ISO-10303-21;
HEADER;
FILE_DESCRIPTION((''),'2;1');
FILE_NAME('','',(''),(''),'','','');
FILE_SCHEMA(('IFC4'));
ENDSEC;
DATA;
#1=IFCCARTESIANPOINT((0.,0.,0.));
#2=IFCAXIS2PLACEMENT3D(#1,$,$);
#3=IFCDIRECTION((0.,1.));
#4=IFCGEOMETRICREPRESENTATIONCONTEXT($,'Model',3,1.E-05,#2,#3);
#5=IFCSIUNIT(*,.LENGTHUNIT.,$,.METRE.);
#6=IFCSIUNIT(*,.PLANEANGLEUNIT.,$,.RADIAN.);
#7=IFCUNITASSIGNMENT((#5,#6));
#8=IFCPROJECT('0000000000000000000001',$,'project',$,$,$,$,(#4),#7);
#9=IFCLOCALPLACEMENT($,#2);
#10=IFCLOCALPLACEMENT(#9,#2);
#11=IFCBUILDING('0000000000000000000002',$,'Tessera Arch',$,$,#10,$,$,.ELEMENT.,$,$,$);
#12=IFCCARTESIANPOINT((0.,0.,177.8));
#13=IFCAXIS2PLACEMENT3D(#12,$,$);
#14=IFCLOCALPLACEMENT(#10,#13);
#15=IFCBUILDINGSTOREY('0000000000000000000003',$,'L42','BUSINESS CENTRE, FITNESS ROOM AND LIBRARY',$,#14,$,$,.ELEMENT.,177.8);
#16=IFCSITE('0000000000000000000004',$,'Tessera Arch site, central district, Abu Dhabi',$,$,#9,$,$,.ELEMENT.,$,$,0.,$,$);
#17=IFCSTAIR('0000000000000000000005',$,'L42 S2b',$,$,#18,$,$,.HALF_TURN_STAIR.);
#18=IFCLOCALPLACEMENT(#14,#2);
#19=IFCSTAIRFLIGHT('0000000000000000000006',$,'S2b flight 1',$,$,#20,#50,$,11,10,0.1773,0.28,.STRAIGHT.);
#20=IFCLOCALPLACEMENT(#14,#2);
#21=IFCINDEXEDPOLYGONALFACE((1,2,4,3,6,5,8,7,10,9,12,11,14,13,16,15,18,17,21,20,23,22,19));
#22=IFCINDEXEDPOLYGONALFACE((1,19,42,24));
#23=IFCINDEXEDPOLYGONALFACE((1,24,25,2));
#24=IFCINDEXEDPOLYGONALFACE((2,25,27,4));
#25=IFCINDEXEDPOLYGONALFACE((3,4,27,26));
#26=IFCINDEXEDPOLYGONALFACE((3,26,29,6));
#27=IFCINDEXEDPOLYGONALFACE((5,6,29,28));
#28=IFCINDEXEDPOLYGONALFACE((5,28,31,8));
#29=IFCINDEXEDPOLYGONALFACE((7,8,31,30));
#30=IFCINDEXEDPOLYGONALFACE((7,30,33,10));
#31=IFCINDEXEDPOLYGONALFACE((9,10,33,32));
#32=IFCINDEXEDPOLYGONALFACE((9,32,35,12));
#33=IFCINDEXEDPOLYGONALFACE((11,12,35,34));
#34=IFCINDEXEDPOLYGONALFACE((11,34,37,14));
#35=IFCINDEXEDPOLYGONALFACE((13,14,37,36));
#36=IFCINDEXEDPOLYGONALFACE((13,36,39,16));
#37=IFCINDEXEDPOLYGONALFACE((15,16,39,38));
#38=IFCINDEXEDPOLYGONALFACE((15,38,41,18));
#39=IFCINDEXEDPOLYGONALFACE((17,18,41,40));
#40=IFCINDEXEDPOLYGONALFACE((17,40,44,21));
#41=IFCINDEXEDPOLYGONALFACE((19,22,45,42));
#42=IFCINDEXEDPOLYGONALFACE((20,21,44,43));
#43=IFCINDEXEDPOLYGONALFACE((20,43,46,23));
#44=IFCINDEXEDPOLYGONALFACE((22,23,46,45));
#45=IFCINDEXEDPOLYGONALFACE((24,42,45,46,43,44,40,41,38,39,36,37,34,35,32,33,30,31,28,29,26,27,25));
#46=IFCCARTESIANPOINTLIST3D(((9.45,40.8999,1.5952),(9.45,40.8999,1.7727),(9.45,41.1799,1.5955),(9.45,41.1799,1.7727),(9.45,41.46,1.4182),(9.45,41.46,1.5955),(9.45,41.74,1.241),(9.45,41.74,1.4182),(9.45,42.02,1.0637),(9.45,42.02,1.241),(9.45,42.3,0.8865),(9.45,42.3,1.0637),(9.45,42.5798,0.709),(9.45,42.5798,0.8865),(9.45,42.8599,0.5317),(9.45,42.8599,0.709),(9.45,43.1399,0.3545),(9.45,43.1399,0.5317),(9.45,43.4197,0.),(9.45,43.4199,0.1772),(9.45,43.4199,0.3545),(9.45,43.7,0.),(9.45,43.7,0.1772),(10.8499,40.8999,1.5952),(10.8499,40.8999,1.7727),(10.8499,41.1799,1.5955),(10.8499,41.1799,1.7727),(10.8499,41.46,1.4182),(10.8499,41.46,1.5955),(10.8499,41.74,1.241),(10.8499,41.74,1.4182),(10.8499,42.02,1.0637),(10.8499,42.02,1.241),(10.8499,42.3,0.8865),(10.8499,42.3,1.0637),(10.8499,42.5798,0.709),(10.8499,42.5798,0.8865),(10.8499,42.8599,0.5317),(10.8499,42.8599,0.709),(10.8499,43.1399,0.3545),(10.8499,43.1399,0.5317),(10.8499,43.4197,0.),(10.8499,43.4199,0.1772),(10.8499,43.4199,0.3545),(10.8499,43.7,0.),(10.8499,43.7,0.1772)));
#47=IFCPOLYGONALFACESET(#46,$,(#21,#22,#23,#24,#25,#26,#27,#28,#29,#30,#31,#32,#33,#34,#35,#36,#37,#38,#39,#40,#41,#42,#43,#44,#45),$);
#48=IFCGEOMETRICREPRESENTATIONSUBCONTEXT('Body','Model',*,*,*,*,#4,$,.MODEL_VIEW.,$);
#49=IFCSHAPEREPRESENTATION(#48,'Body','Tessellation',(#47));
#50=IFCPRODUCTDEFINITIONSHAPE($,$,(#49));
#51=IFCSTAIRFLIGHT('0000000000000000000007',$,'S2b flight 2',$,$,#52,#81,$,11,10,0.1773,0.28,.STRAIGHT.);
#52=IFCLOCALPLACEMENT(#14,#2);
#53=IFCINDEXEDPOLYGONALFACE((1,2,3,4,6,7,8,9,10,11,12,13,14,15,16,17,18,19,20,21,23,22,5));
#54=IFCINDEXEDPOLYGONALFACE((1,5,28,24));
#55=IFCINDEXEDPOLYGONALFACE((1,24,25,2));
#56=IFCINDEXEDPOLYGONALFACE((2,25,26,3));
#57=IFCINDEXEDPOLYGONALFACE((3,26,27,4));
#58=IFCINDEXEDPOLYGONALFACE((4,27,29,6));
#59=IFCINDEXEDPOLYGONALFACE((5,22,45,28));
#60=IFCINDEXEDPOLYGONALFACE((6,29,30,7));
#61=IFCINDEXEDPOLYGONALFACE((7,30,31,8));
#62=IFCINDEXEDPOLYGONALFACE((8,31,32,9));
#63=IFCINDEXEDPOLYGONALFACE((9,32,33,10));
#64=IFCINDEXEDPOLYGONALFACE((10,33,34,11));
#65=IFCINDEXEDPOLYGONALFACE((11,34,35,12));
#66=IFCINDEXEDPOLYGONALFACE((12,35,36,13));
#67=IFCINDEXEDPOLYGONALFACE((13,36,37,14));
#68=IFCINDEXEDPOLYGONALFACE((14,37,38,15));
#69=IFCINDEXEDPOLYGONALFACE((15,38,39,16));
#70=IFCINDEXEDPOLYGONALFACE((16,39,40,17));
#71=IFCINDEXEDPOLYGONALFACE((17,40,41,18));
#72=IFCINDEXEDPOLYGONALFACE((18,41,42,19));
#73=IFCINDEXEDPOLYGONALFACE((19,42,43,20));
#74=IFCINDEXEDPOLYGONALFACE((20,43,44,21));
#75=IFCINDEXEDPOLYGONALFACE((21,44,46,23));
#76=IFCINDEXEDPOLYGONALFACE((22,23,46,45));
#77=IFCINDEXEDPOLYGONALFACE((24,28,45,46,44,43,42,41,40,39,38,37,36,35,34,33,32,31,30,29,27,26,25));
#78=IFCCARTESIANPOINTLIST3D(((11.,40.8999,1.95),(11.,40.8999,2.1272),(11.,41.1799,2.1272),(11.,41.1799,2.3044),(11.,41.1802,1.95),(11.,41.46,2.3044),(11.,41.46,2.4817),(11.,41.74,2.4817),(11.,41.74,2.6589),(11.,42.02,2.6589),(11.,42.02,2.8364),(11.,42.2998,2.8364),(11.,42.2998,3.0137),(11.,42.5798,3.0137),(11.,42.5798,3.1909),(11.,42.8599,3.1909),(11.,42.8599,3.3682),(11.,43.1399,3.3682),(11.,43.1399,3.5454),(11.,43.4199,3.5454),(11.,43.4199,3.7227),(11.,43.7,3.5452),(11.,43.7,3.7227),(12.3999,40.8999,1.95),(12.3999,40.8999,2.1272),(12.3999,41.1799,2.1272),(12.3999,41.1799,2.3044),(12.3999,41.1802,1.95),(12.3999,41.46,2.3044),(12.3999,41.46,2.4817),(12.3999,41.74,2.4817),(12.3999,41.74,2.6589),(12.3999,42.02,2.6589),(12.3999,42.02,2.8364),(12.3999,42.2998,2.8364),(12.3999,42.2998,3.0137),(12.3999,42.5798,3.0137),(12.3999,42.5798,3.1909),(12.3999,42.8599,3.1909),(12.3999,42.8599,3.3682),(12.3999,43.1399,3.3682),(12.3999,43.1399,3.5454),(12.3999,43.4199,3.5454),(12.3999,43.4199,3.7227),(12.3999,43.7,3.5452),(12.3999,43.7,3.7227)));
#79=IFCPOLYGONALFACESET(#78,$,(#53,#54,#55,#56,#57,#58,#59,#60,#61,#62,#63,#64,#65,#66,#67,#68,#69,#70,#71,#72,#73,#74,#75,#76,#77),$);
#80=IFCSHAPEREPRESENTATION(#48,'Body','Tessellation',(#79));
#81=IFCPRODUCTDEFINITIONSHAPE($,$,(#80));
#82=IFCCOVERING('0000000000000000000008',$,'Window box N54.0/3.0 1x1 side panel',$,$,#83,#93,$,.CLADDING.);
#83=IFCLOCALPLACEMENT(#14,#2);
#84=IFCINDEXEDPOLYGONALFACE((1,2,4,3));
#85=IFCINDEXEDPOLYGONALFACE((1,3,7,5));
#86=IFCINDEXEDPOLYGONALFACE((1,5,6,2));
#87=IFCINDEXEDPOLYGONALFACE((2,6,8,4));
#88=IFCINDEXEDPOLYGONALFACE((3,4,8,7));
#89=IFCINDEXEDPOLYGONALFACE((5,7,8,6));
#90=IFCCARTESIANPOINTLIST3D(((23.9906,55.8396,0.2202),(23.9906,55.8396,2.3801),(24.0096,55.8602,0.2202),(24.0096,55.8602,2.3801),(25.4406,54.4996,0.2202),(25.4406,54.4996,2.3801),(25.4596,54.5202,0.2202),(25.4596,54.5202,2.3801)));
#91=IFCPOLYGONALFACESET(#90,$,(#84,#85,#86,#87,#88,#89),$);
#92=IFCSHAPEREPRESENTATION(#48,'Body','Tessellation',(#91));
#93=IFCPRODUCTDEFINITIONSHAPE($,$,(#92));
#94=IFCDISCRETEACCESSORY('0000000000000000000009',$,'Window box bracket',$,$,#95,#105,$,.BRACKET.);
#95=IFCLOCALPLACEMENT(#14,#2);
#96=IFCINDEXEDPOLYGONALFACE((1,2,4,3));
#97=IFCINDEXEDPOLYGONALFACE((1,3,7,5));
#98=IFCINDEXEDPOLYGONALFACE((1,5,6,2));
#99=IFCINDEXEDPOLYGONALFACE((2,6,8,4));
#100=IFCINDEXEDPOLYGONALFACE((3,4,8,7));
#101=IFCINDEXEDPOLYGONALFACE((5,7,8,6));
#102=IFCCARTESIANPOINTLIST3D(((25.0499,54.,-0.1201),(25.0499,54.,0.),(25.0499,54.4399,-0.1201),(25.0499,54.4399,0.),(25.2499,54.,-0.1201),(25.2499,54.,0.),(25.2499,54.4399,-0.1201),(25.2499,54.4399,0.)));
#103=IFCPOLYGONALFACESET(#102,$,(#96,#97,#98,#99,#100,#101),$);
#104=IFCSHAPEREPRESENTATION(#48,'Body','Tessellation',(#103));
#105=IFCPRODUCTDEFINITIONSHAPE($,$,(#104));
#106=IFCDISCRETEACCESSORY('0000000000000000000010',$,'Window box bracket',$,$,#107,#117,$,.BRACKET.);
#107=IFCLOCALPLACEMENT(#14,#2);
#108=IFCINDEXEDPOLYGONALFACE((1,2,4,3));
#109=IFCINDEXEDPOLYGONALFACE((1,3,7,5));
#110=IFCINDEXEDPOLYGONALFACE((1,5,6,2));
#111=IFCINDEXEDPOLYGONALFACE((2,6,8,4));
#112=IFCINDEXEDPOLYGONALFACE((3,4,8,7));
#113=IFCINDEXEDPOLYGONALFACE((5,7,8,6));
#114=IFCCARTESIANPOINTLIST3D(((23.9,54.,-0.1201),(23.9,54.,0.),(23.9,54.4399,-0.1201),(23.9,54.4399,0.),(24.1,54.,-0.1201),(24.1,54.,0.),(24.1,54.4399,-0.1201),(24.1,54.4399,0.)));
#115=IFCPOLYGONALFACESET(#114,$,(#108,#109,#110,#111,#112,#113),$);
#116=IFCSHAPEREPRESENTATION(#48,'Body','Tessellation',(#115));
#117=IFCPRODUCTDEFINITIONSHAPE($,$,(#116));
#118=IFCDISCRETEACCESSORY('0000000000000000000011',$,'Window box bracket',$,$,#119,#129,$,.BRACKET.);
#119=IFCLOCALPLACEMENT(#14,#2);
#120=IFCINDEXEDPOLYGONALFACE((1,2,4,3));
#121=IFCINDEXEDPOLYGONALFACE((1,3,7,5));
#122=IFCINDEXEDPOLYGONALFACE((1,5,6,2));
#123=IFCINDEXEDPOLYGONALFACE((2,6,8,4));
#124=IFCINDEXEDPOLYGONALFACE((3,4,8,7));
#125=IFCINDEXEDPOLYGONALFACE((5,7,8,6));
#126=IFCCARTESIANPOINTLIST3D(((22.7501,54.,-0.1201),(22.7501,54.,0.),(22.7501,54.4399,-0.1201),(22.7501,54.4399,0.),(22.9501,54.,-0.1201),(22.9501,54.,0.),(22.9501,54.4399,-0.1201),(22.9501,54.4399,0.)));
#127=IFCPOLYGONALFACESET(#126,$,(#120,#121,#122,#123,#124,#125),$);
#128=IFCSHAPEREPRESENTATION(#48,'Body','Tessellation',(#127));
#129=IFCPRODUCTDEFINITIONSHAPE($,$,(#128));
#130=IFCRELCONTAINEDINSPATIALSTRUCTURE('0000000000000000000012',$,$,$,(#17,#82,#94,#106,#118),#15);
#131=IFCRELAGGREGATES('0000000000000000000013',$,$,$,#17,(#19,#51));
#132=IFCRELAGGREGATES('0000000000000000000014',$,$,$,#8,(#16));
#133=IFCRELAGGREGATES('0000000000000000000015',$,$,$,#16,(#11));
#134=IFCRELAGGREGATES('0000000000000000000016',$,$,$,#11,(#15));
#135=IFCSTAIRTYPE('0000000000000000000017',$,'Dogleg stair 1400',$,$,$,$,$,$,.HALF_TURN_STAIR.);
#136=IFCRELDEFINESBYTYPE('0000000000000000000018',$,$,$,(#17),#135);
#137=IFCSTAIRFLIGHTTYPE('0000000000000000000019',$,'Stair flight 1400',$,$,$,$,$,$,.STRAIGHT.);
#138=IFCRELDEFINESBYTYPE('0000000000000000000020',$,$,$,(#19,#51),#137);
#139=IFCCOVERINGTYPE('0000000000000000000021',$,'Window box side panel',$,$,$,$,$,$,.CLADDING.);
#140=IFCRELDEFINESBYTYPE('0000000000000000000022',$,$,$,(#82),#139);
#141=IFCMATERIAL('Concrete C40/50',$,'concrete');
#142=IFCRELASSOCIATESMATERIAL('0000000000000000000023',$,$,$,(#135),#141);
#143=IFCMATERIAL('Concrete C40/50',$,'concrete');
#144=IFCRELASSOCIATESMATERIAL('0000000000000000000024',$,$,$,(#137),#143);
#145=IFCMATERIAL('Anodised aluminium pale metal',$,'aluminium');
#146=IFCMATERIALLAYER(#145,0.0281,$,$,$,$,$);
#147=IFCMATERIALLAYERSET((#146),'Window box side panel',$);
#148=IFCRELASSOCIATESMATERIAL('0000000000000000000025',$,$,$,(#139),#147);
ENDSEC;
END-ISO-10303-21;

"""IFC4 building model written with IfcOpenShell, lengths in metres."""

from ifc_helpers import new_model, si_unit, direction, frame, origin, origin_2d, place, context, subcontext, project, spatial, polyline, rectangle, outline, extrude, material, layer, layer_set, type_object, element, aggregate, save


model = new_model("IFC4")

# Units and contexts
model_context = context("Model", 3, precision=1e-05, world=origin(), true_north=direction((0.0, 1.0)))
body_context = subcontext(model_context, "Body", "Model", "MODEL_VIEW")
ifc_project = project(units=[si_unit("LENGTHUNIT", "METRE"), si_unit("PLANEANGLEUNIT", "RADIAN")], contexts=[model_context])

# Site, building, storey
site_placement = place(None, origin())
site = spatial("IfcSite", under=ifc_project, at=site_placement, Name="Tessera Arch site, central district, Abu Dhabi", CompositionType="ELEMENT", RefElevation=0.0)
building_placement = place(site_placement, origin())
building = spatial("IfcBuilding", under=site, at=building_placement, Name="Tessera Arch", CompositionType="ELEMENT")
storey_placement = place(building_placement, frame((0.0, 0.0, 177.8)))
storey = spatial("IfcBuildingStorey", under=building, at=storey_placement, Name="L42", Description="BUSINESS CENTRE, FITNESS ROOM AND LIBRARY", CompositionType="ELEMENT", Elevation=177.8)

# Stair, stair flights
ifc_material_1 = material(Name="Concrete C40/50", Category="concrete")
stair_type = type_object("IfcStairType", Name="Dogleg stair 1400", PredefinedType="HALF_TURN_STAIR", material=ifc_material_1)
stair_placement = place(storey_placement, origin())
stair = element("IfcStair", 1, at=stair_placement, inside=storey, type_object=stair_type, Name="L42 S2b", PredefinedType="HALF_TURN_STAIR")
ifc_material_2 = material(Name="Concrete C40/50", Category="concrete")
stair_flight_type = type_object("IfcStairFlightType", Name="Stair flight 1400", PredefinedType="STRAIGHT", material=ifc_material_2)
stair_flight_1_placement = place(storey_placement, frame((10.1499, 43.7, 0.0), z_axis=(0.0, 0.0, 1.0), x_axis=(0.0, -1.0, 0.0)))
stair_flight_1 = element("IfcStairFlight", 2, at=stair_flight_1_placement, type_object=stair_flight_type, Name="S2b flight 1", NumberOfRisers=11, NumberOfTreads=10, PredefinedType="STRAIGHT", RiserHeight=0.1773, TreadLength=0.28, context=body_context, shape_type="SweptSolid", body=[
    extrude(outline(polyline([(0.0, 0.0), (0.0, 0.1772), (0.28, 0.1772), (0.28, 0.3545), (0.5601, 0.3545), (0.5601, 0.5317), (0.8401, 0.5317), (0.8401, 0.709), (1.1201, 0.709), (1.1201, 0.8865), (1.3999, 0.8865), (1.3999, 1.0637), (1.6799, 1.0637), (1.6799, 1.241), (1.96, 1.241), (1.96, 1.4182), (2.24, 1.4182), (2.24, 1.5955), (2.52, 1.5955), (2.52, 1.7727), (2.8, 1.7727), (2.8, 1.95), (2.8, 1.5952), (0.2803, 0.0), (0.0, 0.0)])), frame((0.0, 0.7, 0.0), z_axis=(0.0, -1.0, 0.0), x_axis=(1.0, 0.0, 0.0)), (0.0, 0.0, 1.0), 1.3999),
])
stair_flight_2_placement = place(storey_placement, frame((11.7, 40.8999, 1.95), z_axis=(0.0, 0.0, 1.0), x_axis=(0.0, 1.0, 0.0)))
stair_flight_2 = element("IfcStairFlight", 3, at=stair_flight_2_placement, type_object=stair_flight_type, Name="S2b flight 2", NumberOfRisers=11, NumberOfTreads=10, PredefinedType="STRAIGHT", RiserHeight=0.1773, TreadLength=0.28, context=body_context, shape_type="SweptSolid", body=[
    extrude(outline(polyline([(0.0, 0.0), (0.0, 0.1772), (0.28, 0.1772), (0.28, 0.3545), (0.5601, 0.3545), (0.5601, 0.5317), (0.8401, 0.5317), (0.8401, 0.709), (1.1201, 0.709), (1.1201, 0.8865), (1.3999, 0.8865), (1.3999, 1.0637), (1.6799, 1.0637), (1.6799, 1.241), (1.96, 1.241), (1.96, 1.4182), (2.24, 1.4182), (2.24, 1.5955), (2.52, 1.5955), (2.52, 1.7727), (2.8, 1.7727), (2.8, 1.95), (2.8, 1.5952), (0.2803, 0.0), (0.0, 0.0)])), frame((0.0, 0.7, 0.0), z_axis=(0.0, -1.0, 0.0), x_axis=(1.0, 0.0, 0.0)), (0.0, 0.0, 1.0), 1.3999),
])
aggregate(stair, [stair_flight_1, stair_flight_2])

# Covering
ifc_material_3 = material(Name="Anodised aluminium pale metal", Category="aluminium")
ifc_layer_1 = layer(ifc_material_3, 0.0281)
ifc_layer_set_1 = layer_set([ifc_layer_1], Name="Window box side panel")
covering_type = type_object("IfcCoveringType", Name="Window box side panel", PredefinedType="CLADDING", material=ifc_layer_set_1)
covering_placement = place(storey_placement, frame((24.7251, 55.1799, 0.2202), z_axis=(0.0, 0.0, 1.0), x_axis=(-0.734415, 0.678701, 0.0)))
element("IfcCovering", 4, at=covering_placement, inside=storey, type_object=covering_type, Name="Window box N54.0/3.0 1x1 side panel", PredefinedType="CLADDING", context=body_context, shape_type="SweptSolid", body=[
    extrude(rectangle(XDim=1.9744, YDim=0.0281, at=origin_2d()), origin(), (0.0, 0.0, 1.0), 2.1599),
])

# Discrete accessories
for number, where, z_axis, x_axis, name in (
    (5, (25.1499, 54.22, -0.1201), (0.0, 0.0, 1.0), (0.0, 1.0, 0.0), "Window box bracket"),
    (6, (24.0, 54.22, -0.1201), (0.0, 0.0, 1.0), (0.0, 1.0, 0.0), "Window box bracket"),
    (7, (22.8501, 54.22, -0.1201), (0.0, 0.0, 1.0), (0.0, 1.0, 0.0), "Window box bracket"),
):
    element("IfcDiscreteAccessory", number, at=place(storey_placement, frame(where, z_axis=z_axis, x_axis=x_axis)), inside=storey, Name=name, PredefinedType="BRACKET", context=body_context, shape_type="SweptSolid", body=[
        extrude(rectangle(XDim=0.4399, YDim=0.2, at=origin_2d()), origin(), (0.0, 0.0, 1.0), 0.1201),
    ])

save(model, "model.ifc")
